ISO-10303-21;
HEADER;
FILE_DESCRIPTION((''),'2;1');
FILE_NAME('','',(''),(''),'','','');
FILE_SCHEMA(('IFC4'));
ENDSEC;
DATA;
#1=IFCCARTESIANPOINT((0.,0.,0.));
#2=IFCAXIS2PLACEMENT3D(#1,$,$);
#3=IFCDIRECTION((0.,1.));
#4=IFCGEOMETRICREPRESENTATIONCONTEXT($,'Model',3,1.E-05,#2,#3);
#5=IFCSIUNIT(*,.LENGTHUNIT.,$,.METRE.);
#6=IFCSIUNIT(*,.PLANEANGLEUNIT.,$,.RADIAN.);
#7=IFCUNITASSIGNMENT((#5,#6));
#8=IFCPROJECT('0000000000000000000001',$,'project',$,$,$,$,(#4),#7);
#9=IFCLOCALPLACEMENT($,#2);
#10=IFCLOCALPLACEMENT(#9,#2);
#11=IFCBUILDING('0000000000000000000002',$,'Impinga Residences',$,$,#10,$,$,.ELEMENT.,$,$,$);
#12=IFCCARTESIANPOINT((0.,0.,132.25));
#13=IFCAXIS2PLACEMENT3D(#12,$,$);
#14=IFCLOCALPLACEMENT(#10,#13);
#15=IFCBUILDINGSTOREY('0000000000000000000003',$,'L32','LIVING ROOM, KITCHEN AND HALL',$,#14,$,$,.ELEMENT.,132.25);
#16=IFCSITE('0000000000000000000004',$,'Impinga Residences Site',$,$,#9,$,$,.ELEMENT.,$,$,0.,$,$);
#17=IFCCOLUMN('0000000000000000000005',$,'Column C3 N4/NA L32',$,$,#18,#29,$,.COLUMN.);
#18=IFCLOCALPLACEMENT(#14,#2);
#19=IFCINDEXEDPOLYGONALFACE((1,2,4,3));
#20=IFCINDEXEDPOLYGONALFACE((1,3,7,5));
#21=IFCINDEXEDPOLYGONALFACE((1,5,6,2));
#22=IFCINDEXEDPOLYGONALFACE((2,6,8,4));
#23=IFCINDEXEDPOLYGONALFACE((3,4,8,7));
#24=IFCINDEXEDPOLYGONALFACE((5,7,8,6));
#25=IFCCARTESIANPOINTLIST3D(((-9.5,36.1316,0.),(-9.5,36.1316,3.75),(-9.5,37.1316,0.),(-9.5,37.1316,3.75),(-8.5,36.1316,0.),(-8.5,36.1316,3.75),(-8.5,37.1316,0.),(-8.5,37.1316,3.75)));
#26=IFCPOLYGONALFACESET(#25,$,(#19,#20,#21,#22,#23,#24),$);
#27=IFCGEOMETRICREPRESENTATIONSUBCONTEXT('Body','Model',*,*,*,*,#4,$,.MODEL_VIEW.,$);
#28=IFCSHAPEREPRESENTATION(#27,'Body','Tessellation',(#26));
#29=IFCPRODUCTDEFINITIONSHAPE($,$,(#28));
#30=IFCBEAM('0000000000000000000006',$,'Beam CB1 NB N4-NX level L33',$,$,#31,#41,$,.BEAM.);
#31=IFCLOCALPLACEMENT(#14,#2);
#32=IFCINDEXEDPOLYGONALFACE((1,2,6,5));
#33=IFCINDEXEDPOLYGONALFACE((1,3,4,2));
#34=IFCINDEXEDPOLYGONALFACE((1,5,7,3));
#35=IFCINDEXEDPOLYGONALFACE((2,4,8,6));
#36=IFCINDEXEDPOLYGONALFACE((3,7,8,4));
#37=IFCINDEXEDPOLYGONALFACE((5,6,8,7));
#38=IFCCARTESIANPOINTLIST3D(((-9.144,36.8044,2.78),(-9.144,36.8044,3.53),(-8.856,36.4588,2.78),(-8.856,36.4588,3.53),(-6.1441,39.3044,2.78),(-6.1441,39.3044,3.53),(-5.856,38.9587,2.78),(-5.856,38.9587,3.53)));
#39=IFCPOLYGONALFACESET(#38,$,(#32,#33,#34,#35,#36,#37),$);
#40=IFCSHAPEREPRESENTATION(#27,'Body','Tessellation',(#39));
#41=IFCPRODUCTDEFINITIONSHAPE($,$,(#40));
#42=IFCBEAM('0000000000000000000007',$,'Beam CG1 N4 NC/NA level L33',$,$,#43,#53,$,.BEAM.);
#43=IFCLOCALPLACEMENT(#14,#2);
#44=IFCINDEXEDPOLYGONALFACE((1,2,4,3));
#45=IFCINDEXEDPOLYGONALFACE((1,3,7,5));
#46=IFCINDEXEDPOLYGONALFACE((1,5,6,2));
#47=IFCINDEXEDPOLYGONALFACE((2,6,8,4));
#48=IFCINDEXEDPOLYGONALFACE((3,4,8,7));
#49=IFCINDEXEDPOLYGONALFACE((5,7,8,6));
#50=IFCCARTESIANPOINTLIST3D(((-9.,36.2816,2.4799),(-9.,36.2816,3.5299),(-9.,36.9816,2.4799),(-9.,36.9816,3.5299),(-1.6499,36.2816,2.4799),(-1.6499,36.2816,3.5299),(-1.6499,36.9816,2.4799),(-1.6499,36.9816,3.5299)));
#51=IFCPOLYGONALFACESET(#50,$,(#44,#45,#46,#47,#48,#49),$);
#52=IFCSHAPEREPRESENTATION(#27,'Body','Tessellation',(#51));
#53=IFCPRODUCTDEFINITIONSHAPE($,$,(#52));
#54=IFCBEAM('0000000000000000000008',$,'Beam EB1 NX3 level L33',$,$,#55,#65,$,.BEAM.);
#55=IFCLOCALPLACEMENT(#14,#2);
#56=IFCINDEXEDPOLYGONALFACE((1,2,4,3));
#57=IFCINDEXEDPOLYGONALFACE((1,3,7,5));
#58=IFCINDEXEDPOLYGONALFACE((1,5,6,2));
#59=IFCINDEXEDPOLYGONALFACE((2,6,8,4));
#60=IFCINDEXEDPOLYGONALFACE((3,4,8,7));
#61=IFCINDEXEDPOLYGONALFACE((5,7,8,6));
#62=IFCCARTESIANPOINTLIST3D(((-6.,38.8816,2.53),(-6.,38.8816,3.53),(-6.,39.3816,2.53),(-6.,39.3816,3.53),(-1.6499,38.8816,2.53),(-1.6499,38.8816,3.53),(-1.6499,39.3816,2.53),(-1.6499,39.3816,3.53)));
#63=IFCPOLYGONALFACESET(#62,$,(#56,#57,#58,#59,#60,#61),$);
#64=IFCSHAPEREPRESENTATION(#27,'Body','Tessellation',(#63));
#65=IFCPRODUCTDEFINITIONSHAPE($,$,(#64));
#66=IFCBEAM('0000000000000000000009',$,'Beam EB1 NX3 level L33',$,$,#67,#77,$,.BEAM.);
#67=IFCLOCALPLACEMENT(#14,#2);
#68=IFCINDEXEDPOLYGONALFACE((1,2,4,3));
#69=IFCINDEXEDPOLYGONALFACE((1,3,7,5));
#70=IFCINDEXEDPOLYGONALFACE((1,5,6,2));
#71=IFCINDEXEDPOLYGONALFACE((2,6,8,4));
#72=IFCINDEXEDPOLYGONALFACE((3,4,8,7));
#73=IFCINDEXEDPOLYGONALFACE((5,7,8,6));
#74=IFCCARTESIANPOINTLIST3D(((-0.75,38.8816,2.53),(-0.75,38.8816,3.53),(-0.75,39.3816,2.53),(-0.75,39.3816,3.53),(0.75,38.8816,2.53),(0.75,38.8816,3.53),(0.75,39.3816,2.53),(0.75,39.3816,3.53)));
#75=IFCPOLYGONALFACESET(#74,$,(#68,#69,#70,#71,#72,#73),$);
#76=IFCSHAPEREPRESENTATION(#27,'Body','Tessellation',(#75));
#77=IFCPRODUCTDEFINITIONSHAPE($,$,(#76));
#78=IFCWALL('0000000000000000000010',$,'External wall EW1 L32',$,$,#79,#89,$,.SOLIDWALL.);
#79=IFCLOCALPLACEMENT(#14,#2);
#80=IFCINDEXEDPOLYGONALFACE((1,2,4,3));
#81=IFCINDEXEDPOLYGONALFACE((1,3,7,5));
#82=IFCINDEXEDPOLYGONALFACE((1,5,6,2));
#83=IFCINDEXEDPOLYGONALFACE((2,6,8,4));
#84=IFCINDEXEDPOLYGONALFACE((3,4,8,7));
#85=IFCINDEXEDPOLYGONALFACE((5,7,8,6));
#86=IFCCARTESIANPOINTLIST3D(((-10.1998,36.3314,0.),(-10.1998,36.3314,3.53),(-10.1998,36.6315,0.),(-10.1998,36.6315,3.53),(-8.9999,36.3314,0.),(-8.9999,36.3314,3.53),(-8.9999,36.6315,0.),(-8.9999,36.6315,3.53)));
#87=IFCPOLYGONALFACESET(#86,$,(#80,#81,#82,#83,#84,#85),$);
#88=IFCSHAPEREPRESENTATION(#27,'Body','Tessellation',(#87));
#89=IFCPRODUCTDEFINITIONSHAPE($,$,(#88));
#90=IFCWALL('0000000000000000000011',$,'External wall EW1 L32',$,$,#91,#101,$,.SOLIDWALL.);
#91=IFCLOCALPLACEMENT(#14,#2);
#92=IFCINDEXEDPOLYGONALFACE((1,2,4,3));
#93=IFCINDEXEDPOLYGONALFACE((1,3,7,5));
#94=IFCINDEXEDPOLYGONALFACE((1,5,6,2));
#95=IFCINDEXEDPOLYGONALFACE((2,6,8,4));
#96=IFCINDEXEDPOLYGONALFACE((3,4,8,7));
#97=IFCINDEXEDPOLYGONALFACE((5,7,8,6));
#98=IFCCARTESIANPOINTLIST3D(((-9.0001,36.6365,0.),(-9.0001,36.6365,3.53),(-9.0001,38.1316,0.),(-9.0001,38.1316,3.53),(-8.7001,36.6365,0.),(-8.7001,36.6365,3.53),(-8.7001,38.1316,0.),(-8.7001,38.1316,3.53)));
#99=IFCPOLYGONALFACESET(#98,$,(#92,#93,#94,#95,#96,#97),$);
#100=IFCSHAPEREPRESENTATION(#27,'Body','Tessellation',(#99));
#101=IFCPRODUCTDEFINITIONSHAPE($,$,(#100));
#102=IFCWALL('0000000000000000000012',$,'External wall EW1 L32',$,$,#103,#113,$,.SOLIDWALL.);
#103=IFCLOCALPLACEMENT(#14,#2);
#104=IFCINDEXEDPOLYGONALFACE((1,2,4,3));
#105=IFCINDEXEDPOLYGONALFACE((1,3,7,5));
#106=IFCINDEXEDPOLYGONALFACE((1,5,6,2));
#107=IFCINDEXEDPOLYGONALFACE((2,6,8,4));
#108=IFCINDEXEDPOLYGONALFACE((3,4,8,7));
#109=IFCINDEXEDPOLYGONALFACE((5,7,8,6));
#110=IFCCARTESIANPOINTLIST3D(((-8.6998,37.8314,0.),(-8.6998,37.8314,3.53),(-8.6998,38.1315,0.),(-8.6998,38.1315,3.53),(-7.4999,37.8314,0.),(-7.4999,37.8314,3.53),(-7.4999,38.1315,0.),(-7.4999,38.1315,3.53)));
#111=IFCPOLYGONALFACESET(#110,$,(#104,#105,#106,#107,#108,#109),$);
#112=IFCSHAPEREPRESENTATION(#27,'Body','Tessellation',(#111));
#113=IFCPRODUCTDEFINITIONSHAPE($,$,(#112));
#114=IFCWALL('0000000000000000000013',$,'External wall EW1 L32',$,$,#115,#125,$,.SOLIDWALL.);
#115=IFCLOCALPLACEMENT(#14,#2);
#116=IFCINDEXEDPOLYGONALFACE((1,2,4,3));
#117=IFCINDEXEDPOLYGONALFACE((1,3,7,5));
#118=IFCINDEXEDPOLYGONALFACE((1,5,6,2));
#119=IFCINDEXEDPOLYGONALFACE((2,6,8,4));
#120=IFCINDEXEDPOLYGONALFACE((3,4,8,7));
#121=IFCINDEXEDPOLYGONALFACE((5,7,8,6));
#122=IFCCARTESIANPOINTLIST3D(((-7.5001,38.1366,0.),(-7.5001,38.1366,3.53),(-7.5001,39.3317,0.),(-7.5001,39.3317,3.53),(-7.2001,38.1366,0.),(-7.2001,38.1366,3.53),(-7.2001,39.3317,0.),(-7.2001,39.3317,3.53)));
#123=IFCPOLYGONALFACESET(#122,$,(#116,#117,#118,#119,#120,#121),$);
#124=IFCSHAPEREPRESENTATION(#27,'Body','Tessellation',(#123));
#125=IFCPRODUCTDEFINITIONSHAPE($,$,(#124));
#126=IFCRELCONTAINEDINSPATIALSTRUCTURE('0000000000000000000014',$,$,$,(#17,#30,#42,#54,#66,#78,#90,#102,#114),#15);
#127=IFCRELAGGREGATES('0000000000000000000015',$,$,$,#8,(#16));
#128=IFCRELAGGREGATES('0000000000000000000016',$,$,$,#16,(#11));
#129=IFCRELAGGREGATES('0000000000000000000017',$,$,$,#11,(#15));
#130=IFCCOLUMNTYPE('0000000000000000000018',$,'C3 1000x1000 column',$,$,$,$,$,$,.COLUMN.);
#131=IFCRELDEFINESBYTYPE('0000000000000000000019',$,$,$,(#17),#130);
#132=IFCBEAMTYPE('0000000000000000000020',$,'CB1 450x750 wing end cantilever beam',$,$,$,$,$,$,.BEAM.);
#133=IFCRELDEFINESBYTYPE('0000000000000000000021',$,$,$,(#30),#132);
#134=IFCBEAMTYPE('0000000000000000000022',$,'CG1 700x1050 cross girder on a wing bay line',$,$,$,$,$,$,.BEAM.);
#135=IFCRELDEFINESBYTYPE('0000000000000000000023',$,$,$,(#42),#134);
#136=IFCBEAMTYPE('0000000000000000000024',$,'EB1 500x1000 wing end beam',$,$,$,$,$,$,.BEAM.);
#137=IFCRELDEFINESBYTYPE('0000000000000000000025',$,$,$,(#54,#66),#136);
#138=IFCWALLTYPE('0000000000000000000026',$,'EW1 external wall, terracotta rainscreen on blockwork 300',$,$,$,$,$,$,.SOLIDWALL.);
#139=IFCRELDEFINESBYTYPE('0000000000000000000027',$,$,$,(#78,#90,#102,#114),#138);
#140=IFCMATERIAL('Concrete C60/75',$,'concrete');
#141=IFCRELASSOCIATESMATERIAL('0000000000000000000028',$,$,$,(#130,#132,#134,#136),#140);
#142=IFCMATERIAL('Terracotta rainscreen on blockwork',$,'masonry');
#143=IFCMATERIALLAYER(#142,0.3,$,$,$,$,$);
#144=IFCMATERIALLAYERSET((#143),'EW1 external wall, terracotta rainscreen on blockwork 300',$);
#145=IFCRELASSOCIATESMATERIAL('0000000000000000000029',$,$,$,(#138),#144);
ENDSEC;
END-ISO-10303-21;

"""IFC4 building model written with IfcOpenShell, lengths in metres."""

from ifc_helpers import new_model, si_unit, direction, frame, frame_2d, origin, origin_2d, place, context, subcontext, project, spatial, rectangle, extrude, material, layer, layer_set, material_profile, profile_set, type_object, element, save


model = new_model("IFC4")

# Units and contexts
model_context = context("Model", 3, precision=1e-05, world=origin(), true_north=direction((0.0, 1.0)))
body_context = subcontext(model_context, "Body", "Model", "MODEL_VIEW")
ifc_project = project(units=[si_unit("LENGTHUNIT", "METRE"), si_unit("PLANEANGLEUNIT", "RADIAN")], contexts=[model_context])

# Site, building, storey
site_placement = place(None, origin())
site = spatial("IfcSite", under=ifc_project, at=site_placement, Name="Impinga Residences Site", CompositionType="ELEMENT", RefElevation=0.0)
building_placement = place(site_placement, origin())
building = spatial("IfcBuilding", under=site, at=building_placement, Name="Impinga Residences", CompositionType="ELEMENT")
storey_placement = place(building_placement, frame((0.0, 0.0, 132.25)))
storey = spatial("IfcBuildingStorey", under=building, at=storey_placement, Name="L32", Description="LIVING ROOM, KITCHEN AND HALL", CompositionType="ELEMENT", Elevation=132.25)

# Column
ifc_material_1 = material(Name="Concrete C60/75", Category="concrete")
ifc_material_profile_1 = material_profile(ifc_material_1, rectangle(XDim=1.0, YDim=1.0, at=origin_2d()), Name="RC 1000x1000")
ifc_profile_set_1 = profile_set([ifc_material_profile_1], Name="Concrete C60/75")
column_type = type_object("IfcColumnType", Name="C3 1000x1000 column", PredefinedType="COLUMN", material=ifc_profile_set_1)
column_placement = place(storey_placement, frame((-9.0, 36.6316, 0.0), z_axis=(0.0, 0.0, 1.0), x_axis=(1.0, 0.0, 0.0)))
element("IfcColumn", 1, at=column_placement, inside=storey, type_object=column_type, Name="Column C3 N4/NA L32", PredefinedType="COLUMN", context=body_context, shape_type="SweptSolid", body=[
    extrude(rectangle(XDim=1.0, YDim=1.0, at=origin_2d()), origin(), (0.0, 0.0, 1.0), 3.75),
])

# Beams
ifc_material_profile_2 = material_profile(ifc_material_1, rectangle(XDim=0.45, YDim=0.75, at=origin_2d()), Name="RC 450x750")
ifc_profile_set_2 = profile_set([ifc_material_profile_2], Name="Concrete C60/75")
beam_type_1 = type_object("IfcBeamType", Name="CB1 450x750 wing end cantilever beam", PredefinedType="BEAM", material=ifc_profile_set_2)
beam_1_placement = place(storey_placement, frame((-9.0, 36.6316, 3.155), z_axis=(0.768221, 0.640184, 0.0), x_axis=(-0.640184, 0.768221, 0.0)))
element("IfcBeam", 2, at=beam_1_placement, inside=storey, type_object=beam_type_1, Name="Beam CB1 NB N4-NX level L33", PredefinedType="BEAM", context=body_context, shape_type="SweptSolid", body=[
    extrude(rectangle(XDim=0.45, YDim=0.75, at=origin_2d()), origin(), (0.0, 0.0, 1.0), 3.905),
])
ifc_material_profile_3 = material_profile(ifc_material_1, rectangle(XDim=0.7, YDim=1.05, at=origin_2d()), Name="RC 700x1050")
ifc_profile_set_3 = profile_set([ifc_material_profile_3], Name="Concrete C60/75")
beam_type_2 = type_object("IfcBeamType", Name="CG1 700x1050 cross girder on a wing bay line", PredefinedType="BEAM", material=ifc_profile_set_3)
beam_2_placement = place(storey_placement, frame((-1.6499, 36.6316, 3.0049), z_axis=(-1.0, 0.0, 0.0), x_axis=(0.0, -1.0, 0.0)))
element("IfcBeam", 3, at=beam_2_placement, inside=storey, type_object=beam_type_2, Name="Beam CG1 N4 NC/NA level L33", PredefinedType="BEAM", context=body_context, shape_type="SweptSolid", body=[
    extrude(rectangle(XDim=0.7, YDim=1.05, at=origin_2d()), origin(), (0.0, 0.0, 1.0), 7.3501),
])
ifc_material_profile_4 = material_profile(ifc_material_1, rectangle(XDim=0.5, YDim=1.0, at=origin_2d()), Name="RC 500x1000")
ifc_profile_set_4 = profile_set([ifc_material_profile_4], Name="Concrete C60/75")
beam_type_3 = type_object("IfcBeamType", Name="EB1 500x1000 wing end beam", PredefinedType="BEAM", material=ifc_profile_set_4)
beam_3_placement = place(storey_placement, frame((-6.0, 39.1316, 3.03), z_axis=(1.0, 0.0, 0.0), x_axis=(0.0, 1.0, 0.0)))
element("IfcBeam", 4, at=beam_3_placement, inside=storey, type_object=beam_type_3, Name="Beam EB1 NX3 level L33", PredefinedType="BEAM", context=body_context, shape_type="SweptSolid", body=[
    extrude(rectangle(XDim=0.5, YDim=1.0, at=origin_2d()), origin(), (0.0, 0.0, 1.0), 4.3501),
])
beam_4_placement = place(storey_placement, frame((-0.75, 39.1316, 3.03), z_axis=(1.0, 0.0, 0.0), x_axis=(0.0, 1.0, 0.0)))
element("IfcBeam", 5, at=beam_4_placement, inside=storey, type_object=beam_type_3, Name="Beam EB1 NX3 level L33", PredefinedType="BEAM", context=body_context, shape_type="SweptSolid", body=[
    extrude(rectangle(XDim=0.5, YDim=1.0, at=origin_2d()), origin(), (0.0, 0.0, 1.0), 1.5),
])

# Walls
ifc_material_2 = material(Name="Terracotta rainscreen on blockwork", Category="masonry")
ifc_layer_1 = layer(ifc_material_2, 0.3)
ifc_layer_set_1 = layer_set([ifc_layer_1], Name="EW1 external wall, terracotta rainscreen on blockwork 300")
wall_type_1 = type_object("IfcWallType", Name="EW1 external wall, terracotta rainscreen on blockwork 300", PredefinedType="SOLIDWALL", material=ifc_layer_set_1)
wall_1_placement = place(storey_placement, frame((-10.2, 36.4814, 0.0), z_axis=(0.0, 0.0, 1.0), x_axis=(1.0, 0.0, 0.0)))
element("IfcWall", 6, at=wall_1_placement, inside=storey, type_object=wall_type_1, Name="External wall EW1 L32", PredefinedType="SOLIDWALL", context=body_context, shape_type="SweptSolid", body=[
    extrude(rectangle(XDim=1.2, YDim=0.3, at=frame_2d((0.6001, 0.0))), origin(), (0.0, 0.0, 1.0), 3.53),
])
wall_2_placement = place(storey_placement, frame((-8.8501, 36.6365, 0.0), z_axis=(0.0, 0.0, 1.0), x_axis=(0.0, 1.0, 0.0)))
element("IfcWall", 7, at=wall_2_placement, inside=storey, type_object=wall_type_1, Name="External wall EW1 L32", PredefinedType="SOLIDWALL", context=body_context, shape_type="SweptSolid", body=[
    extrude(rectangle(XDim=1.4951, YDim=0.3, at=frame_2d((0.7476, 0.0))), origin(), (0.0, 0.0, 1.0), 3.53),
])
wall_3_placement = place(storey_placement, frame((-8.7, 37.9814, 0.0), z_axis=(0.0, 0.0, 1.0), x_axis=(1.0, 0.0, 0.0)))
element("IfcWall", 8, at=wall_3_placement, inside=storey, type_object=wall_type_1, Name="External wall EW1 L32", PredefinedType="SOLIDWALL", context=body_context, shape_type="SweptSolid", body=[
    extrude(rectangle(XDim=1.2, YDim=0.3, at=frame_2d((0.6001, 0.0))), origin(), (0.0, 0.0, 1.0), 3.53),
])
wall_4_placement = place(storey_placement, frame((-7.3501, 38.1365, 0.0), z_axis=(0.0, 0.0, 1.0), x_axis=(0.0, 1.0, 0.0)))
element("IfcWall", 9, at=wall_4_placement, inside=storey, type_object=wall_type_1, Name="External wall EW1 L32", PredefinedType="SOLIDWALL", context=body_context, shape_type="SweptSolid", body=[
    extrude(rectangle(XDim=1.1951, YDim=0.3, at=frame_2d((0.5977, 0.0))), origin(), (0.0, 0.0, 1.0), 3.53),
])

save(model, "model.ifc")
